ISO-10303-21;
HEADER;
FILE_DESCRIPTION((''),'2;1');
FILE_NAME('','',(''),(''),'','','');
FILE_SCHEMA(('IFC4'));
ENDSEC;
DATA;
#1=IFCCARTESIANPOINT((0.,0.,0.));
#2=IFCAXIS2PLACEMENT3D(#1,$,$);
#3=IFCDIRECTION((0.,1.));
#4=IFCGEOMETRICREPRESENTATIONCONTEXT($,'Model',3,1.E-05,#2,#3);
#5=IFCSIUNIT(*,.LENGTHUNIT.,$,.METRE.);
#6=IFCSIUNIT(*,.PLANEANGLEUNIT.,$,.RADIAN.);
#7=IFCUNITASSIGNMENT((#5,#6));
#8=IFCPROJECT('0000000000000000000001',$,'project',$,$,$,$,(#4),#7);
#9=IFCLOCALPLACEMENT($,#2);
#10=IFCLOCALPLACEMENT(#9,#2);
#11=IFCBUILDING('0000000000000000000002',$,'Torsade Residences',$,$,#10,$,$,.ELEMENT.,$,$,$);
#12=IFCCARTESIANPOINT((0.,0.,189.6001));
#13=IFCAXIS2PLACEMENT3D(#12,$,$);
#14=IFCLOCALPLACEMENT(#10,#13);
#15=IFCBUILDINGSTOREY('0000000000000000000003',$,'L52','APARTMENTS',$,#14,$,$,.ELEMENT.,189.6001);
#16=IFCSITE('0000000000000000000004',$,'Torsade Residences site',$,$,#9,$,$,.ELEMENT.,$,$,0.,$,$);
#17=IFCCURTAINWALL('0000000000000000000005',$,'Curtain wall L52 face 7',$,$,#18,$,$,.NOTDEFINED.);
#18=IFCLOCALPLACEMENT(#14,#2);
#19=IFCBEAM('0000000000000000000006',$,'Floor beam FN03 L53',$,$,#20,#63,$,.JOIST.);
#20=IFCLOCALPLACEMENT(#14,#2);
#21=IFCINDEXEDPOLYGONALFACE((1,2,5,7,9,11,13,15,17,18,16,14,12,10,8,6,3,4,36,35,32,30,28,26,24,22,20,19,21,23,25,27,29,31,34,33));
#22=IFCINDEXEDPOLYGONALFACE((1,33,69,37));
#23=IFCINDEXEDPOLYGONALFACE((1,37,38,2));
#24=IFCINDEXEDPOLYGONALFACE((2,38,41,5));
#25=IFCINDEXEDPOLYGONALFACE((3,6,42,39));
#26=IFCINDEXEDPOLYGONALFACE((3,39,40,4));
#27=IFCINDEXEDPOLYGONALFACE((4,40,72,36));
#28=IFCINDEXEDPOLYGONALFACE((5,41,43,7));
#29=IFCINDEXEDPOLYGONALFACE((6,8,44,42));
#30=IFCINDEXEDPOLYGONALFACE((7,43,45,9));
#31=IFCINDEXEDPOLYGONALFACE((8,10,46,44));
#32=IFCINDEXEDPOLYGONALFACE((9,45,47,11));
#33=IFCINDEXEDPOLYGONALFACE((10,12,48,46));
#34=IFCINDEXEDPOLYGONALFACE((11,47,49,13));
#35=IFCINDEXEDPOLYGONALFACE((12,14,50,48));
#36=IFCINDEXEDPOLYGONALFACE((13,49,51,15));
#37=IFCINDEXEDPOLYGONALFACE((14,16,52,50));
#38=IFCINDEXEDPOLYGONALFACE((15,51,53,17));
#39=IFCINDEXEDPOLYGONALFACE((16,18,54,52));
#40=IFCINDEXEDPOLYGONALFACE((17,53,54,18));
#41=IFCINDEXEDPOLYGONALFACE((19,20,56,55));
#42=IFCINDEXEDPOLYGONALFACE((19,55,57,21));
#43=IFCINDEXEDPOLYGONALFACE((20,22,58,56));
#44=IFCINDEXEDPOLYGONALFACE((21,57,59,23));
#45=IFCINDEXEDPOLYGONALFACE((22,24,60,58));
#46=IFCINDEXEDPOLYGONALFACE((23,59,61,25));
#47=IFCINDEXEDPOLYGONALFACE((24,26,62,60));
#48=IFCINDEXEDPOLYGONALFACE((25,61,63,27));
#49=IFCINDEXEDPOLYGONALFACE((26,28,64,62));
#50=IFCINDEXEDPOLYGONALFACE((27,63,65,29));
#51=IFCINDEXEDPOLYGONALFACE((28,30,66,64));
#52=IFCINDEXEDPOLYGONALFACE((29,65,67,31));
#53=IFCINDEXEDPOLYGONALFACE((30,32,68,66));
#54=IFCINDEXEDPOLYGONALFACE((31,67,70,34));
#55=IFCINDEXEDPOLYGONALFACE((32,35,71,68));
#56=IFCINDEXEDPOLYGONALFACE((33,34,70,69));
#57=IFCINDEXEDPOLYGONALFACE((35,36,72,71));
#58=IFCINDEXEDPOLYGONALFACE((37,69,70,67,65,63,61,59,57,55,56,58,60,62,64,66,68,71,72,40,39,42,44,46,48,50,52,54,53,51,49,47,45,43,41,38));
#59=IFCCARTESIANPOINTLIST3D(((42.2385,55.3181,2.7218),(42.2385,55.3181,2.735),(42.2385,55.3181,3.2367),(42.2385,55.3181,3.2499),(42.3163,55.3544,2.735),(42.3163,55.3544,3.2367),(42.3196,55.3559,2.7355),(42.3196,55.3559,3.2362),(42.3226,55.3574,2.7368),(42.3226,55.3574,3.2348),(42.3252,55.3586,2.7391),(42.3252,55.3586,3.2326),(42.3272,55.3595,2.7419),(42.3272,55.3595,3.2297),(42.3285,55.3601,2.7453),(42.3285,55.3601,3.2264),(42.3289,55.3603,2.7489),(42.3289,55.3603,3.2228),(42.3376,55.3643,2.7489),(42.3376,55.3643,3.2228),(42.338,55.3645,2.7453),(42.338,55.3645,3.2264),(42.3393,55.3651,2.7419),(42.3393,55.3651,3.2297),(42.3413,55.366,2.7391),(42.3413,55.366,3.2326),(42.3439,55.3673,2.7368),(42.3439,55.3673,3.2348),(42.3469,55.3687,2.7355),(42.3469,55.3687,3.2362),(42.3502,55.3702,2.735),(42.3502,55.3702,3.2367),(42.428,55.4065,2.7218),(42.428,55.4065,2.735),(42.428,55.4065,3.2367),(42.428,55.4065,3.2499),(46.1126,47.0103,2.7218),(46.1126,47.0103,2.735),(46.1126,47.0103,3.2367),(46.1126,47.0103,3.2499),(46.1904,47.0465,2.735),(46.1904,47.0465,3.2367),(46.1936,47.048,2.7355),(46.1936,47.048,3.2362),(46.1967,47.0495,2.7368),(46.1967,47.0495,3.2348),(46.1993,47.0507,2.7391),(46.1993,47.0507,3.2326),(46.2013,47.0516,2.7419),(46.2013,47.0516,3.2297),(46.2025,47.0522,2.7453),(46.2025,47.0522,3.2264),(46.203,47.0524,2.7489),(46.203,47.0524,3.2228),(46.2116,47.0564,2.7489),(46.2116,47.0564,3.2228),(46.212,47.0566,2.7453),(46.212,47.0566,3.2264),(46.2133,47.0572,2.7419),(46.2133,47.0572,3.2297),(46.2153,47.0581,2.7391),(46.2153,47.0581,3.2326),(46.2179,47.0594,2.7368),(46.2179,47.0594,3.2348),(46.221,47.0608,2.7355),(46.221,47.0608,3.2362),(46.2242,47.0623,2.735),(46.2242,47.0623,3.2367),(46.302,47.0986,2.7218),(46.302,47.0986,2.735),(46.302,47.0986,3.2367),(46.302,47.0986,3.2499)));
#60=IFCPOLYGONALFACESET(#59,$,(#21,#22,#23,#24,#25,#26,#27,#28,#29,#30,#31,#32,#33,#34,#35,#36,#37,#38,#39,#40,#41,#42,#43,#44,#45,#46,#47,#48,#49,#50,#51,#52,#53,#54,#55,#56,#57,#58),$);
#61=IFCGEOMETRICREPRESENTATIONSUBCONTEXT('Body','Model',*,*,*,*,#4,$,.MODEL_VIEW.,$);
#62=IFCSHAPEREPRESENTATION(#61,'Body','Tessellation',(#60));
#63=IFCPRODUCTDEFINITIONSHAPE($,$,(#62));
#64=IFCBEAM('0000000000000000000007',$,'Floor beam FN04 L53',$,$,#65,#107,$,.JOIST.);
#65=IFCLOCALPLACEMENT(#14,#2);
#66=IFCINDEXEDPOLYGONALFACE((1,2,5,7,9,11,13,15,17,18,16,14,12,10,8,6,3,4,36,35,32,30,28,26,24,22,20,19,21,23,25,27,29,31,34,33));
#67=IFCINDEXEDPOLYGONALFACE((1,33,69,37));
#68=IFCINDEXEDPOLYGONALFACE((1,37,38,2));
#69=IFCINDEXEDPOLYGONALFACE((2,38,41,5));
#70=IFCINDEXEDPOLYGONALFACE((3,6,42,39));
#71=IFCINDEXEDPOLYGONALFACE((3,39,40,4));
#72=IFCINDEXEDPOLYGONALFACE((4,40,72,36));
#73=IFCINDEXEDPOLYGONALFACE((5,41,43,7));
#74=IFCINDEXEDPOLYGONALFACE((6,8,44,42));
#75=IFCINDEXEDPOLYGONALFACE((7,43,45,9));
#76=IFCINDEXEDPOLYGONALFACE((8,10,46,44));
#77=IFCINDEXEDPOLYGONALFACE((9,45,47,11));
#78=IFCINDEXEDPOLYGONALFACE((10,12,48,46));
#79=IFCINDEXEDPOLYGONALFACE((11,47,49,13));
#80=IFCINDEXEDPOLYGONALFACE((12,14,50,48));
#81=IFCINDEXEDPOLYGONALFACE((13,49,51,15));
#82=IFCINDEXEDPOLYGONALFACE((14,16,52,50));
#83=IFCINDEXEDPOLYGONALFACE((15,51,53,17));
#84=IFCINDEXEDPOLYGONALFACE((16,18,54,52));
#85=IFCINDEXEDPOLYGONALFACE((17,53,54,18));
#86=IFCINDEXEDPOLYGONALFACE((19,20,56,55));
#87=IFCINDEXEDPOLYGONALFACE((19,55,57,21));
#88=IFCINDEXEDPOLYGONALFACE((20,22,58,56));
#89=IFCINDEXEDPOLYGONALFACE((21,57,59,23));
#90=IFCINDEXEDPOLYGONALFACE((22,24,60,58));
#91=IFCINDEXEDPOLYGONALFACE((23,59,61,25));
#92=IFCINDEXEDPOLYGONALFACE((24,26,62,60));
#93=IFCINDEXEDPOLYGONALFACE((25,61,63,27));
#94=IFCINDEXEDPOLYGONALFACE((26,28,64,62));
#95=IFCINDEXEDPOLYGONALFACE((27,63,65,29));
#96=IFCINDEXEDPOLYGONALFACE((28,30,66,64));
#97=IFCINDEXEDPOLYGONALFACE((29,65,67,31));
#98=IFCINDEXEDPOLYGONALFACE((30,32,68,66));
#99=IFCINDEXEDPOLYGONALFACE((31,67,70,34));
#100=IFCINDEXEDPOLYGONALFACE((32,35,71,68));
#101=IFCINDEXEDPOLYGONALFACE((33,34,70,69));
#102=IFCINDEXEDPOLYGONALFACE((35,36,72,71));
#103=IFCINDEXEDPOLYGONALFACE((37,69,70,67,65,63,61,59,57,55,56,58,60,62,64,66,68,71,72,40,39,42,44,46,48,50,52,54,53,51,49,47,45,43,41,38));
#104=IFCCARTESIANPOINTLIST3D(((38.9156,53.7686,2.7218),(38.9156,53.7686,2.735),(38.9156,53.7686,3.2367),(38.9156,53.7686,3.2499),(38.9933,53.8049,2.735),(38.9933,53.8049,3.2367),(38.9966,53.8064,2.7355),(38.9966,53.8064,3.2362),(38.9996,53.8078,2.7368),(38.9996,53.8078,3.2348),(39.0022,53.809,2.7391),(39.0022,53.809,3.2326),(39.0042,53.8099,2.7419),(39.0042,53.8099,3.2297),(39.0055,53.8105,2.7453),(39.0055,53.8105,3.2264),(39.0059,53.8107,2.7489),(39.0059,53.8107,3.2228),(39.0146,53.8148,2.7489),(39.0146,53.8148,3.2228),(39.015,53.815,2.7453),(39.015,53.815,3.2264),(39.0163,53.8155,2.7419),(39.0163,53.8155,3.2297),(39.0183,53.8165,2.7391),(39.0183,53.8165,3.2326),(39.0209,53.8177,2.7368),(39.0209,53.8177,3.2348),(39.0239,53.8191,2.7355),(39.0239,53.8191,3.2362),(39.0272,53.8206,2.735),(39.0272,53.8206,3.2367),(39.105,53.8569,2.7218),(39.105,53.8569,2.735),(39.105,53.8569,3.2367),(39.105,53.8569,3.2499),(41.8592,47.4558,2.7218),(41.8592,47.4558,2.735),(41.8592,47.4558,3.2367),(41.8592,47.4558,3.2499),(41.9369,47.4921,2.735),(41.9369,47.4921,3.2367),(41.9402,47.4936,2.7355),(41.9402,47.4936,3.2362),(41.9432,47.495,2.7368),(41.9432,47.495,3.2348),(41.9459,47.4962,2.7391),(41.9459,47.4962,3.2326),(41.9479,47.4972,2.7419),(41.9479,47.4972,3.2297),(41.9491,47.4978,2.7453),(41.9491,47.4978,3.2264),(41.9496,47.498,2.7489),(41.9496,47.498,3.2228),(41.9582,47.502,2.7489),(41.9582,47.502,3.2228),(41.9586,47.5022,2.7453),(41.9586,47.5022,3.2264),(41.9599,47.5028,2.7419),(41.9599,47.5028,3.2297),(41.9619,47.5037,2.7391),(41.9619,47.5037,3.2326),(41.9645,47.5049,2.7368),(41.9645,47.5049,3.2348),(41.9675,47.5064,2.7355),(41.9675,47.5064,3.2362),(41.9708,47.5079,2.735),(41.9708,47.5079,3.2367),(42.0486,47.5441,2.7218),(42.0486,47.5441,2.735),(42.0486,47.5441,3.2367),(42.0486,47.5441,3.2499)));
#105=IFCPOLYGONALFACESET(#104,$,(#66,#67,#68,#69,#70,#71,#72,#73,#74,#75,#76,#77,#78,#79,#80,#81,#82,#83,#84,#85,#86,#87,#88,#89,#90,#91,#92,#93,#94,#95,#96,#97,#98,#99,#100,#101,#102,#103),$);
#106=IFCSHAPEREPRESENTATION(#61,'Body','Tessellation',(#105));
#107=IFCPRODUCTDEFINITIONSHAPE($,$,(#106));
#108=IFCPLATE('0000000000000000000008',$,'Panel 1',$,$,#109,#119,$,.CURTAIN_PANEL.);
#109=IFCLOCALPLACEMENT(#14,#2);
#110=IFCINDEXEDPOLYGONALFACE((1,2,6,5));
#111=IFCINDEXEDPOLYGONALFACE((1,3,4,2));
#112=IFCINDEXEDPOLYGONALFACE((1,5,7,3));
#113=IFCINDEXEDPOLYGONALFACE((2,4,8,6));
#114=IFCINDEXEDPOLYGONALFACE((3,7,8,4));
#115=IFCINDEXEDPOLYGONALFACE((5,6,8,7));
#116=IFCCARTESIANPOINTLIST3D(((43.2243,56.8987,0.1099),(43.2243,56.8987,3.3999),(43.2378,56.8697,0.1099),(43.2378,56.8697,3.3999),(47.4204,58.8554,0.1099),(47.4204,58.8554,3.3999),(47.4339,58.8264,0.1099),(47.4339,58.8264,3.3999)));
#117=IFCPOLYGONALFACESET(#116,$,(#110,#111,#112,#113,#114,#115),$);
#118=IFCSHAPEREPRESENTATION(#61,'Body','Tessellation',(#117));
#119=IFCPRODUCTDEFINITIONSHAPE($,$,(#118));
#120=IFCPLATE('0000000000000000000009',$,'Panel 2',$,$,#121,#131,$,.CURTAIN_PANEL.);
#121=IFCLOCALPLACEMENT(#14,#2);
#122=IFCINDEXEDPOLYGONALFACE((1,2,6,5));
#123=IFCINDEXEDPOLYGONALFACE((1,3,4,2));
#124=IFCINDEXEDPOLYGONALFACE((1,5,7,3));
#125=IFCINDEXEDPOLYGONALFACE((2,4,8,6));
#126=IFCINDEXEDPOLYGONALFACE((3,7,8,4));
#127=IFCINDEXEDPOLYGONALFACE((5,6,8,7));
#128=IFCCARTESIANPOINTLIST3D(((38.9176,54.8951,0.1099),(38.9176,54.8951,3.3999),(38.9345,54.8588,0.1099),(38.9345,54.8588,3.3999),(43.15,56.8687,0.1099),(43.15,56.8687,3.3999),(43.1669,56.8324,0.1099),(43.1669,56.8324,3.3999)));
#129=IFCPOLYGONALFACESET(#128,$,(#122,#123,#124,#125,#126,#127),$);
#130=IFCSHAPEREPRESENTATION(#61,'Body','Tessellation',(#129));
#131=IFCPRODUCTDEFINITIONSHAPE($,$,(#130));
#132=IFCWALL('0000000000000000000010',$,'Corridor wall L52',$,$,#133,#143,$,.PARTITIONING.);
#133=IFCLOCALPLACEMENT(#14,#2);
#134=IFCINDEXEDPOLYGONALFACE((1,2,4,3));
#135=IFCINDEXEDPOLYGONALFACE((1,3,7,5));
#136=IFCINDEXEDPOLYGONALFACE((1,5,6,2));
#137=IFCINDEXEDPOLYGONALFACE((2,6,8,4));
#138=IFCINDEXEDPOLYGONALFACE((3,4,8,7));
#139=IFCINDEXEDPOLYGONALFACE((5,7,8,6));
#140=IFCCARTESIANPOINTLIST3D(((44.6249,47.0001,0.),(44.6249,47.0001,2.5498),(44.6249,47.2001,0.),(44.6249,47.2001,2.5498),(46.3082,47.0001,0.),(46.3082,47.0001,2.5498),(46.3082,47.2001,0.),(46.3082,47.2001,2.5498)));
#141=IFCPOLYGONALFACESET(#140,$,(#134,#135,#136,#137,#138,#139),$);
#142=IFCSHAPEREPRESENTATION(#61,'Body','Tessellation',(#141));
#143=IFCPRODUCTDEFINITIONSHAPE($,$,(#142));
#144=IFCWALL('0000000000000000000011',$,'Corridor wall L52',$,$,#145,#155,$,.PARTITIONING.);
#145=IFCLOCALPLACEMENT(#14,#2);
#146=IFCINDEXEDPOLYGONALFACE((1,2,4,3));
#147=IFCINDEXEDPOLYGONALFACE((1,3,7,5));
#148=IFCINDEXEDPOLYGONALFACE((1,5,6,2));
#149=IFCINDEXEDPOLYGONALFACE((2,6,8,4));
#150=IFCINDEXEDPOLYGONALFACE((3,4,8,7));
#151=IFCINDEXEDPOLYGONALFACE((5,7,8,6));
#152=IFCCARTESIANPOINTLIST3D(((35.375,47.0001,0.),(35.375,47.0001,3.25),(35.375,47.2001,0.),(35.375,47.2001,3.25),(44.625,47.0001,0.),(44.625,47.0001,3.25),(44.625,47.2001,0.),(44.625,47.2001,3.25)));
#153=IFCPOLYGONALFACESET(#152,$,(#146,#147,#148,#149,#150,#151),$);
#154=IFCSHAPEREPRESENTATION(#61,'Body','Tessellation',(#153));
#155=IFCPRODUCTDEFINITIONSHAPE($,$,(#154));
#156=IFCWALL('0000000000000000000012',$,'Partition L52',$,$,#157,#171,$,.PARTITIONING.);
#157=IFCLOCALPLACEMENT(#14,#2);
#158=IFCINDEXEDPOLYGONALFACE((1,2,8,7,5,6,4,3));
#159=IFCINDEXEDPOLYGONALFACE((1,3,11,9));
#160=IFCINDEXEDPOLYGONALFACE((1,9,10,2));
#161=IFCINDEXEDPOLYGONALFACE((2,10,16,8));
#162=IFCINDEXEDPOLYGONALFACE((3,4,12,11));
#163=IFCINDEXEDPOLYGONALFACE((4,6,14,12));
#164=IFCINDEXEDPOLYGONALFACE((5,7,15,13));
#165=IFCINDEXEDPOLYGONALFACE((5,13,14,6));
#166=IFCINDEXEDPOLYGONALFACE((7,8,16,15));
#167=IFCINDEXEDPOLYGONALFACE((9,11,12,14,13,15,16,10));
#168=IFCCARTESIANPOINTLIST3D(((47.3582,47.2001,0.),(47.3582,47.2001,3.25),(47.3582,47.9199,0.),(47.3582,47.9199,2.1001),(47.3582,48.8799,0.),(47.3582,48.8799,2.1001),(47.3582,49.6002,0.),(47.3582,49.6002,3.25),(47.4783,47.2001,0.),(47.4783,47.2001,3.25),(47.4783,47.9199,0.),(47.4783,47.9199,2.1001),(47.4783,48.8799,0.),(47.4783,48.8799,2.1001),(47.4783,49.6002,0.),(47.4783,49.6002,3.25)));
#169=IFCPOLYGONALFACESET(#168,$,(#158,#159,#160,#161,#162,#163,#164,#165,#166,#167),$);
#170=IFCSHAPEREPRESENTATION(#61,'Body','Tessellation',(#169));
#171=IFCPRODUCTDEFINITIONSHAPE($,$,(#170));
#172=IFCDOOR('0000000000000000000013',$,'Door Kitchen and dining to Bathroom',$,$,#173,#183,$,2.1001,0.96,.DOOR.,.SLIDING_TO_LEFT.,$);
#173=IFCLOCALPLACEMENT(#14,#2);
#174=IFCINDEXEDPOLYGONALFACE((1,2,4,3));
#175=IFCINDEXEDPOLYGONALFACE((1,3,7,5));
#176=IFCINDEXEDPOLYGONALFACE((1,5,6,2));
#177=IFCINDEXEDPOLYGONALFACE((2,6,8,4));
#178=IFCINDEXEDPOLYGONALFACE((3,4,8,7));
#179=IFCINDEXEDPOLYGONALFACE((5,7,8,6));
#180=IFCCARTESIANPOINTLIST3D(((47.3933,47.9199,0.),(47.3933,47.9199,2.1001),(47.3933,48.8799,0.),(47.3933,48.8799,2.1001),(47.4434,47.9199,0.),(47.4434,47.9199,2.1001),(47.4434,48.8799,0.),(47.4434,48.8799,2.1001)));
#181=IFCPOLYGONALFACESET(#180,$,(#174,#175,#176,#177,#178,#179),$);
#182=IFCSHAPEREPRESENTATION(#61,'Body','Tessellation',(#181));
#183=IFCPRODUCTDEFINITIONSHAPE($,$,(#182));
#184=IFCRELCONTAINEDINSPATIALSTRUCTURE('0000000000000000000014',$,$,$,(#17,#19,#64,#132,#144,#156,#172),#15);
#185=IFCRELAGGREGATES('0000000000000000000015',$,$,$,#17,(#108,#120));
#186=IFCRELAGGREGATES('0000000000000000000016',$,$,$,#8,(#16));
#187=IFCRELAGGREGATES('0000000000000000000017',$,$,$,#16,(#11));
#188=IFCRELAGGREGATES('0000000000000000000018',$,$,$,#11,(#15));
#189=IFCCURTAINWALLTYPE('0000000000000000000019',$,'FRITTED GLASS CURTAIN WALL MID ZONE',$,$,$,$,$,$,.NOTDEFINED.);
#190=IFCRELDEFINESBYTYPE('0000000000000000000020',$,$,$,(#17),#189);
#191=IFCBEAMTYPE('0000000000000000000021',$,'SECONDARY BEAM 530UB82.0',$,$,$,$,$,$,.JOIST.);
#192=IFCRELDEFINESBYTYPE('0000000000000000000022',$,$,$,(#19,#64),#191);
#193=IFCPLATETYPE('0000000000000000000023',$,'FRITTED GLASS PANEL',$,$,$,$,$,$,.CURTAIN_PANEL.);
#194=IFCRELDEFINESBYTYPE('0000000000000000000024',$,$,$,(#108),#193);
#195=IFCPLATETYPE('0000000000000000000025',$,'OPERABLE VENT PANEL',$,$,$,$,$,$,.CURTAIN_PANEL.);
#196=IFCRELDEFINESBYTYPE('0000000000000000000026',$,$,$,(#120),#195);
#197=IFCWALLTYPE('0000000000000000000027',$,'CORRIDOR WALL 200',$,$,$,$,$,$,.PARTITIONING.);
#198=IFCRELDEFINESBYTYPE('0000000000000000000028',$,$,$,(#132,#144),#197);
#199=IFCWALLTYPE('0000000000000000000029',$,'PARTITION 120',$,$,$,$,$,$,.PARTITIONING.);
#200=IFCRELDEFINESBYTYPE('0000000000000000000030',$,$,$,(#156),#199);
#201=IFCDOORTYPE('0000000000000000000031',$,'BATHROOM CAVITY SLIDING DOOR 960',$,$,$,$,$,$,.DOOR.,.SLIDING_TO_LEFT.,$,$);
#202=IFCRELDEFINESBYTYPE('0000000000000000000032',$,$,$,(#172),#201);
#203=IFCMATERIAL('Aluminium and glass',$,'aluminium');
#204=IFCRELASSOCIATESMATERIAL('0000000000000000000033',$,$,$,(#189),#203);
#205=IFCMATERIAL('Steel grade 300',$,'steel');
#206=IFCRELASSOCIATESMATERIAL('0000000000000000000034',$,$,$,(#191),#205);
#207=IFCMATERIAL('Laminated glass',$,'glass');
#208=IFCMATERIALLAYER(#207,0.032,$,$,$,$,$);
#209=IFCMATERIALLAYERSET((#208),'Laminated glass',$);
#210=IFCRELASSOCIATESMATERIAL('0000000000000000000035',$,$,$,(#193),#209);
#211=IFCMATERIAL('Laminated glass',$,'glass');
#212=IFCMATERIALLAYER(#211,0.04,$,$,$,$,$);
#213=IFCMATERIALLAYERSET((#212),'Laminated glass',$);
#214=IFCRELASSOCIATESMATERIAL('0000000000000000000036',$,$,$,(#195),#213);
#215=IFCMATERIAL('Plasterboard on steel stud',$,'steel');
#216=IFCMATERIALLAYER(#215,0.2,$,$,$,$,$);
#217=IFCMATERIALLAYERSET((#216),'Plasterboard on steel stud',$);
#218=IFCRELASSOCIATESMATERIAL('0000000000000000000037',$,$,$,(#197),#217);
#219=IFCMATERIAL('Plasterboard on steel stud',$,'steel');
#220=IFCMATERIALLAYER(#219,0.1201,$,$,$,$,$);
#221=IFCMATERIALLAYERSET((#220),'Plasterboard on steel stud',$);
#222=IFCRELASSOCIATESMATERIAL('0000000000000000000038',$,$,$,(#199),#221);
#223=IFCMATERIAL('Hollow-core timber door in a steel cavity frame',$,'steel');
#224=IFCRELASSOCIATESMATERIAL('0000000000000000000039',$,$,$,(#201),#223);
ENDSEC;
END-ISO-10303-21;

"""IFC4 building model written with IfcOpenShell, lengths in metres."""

from ifc_helpers import new_model, si_unit, direction, frame, frame_2d, origin, origin_2d, place, context, subcontext, project, spatial, rectangle, i_section, extrude, material, layer, layer_set, material_profile, profile_set, type_object, element, fill, aggregate, save


model = new_model("IFC4")

# Units and contexts
model_context = context("Model", 3, precision=1e-05, world=origin(), true_north=direction((0.0, 1.0)))
body_context = subcontext(model_context, "Body", "Model", "MODEL_VIEW")
ifc_project = project(units=[si_unit("LENGTHUNIT", "METRE"), si_unit("PLANEANGLEUNIT", "RADIAN")], contexts=[model_context])

# Site, building, storey
site_placement = place(None, origin())
site = spatial("IfcSite", under=ifc_project, at=site_placement, Name="Torsade Residences site", CompositionType="ELEMENT", RefElevation=0.0)
building_placement = place(site_placement, origin())
building = spatial("IfcBuilding", under=site, at=building_placement, Name="Torsade Residences", CompositionType="ELEMENT")
storey_placement = place(building_placement, frame((0.0, 0.0, 189.6001)))
storey = spatial("IfcBuildingStorey", under=building, at=storey_placement, Name="L52", Description="APARTMENTS", CompositionType="ELEMENT", Elevation=189.6001)

# Curtain wall
ifc_material_1 = material(Name="Aluminium and glass", Category="aluminium")
curtain_wall_type = type_object("IfcCurtainWallType", Name="FRITTED GLASS CURTAIN WALL MID ZONE", PredefinedType="NOTDEFINED", material=ifc_material_1)
curtain_wall_placement = place(storey_placement, origin())
curtain_wall = element("IfcCurtainWall", 1, at=curtain_wall_placement, inside=storey, type_object=curtain_wall_type, Name="Curtain wall L52 face 7", PredefinedType="NOTDEFINED")

# Beams
ifc_material_2 = material(Name="Steel grade 300", Category="steel")
ifc_material_profile_1 = material_profile(ifc_material_2, i_section(OverallWidth=0.209, OverallDepth=0.5281, WebThickness=0.0095, FlangeThickness=0.0132, FilletRadius=0.0139, at=origin_2d()), Name="530UB82.0")
ifc_profile_set_1 = profile_set([ifc_material_profile_1], Name="Steel grade 300")
beam_type_1 = type_object("IfcBeamType", Name="SECONDARY BEAM 530UB82.0", PredefinedType="JOIST", material=ifc_profile_set_1)
beam_1_placement = place(storey_placement, frame((42.3333, 55.3623, 2.9858), z_axis=(0.422619, -0.906308, 0.0), x_axis=(0.906308, 0.422619, 0.0)))
element("IfcBeam", 2, at=beam_1_placement, inside=storey, type_object=beam_type_1, Name="Floor beam FN03 L53", PredefinedType="JOIST", context=body_context, shape_type="SweptSolid", body=[
    extrude(i_section(OverallWidth=0.209, OverallDepth=0.5281, WebThickness=0.0095, FlangeThickness=0.0132, FilletRadius=0.0139, at=origin_2d()), origin(), (0.0, 0.0, 1.0), 9.1667),
])
beam_2_placement = place(storey_placement, frame((39.0103, 53.8127, 2.9858), z_axis=(0.422609, -0.906312, 0.0), x_axis=(0.906312, 0.422609, 0.0)))
element("IfcBeam", 3, at=beam_2_placement, inside=storey, type_object=beam_type_1, Name="Floor beam FN04 L53", PredefinedType="JOIST", context=body_context, shape_type="SweptSolid", body=[
    extrude(i_section(OverallWidth=0.209, OverallDepth=0.5281, WebThickness=0.0095, FlangeThickness=0.0132, FilletRadius=0.0139, at=origin_2d()), origin(), (0.0, 0.0, 1.0), 6.9653),
])

# Plates
ifc_material_3 = material(Name="Laminated glass", Category="glass")
ifc_layer_1 = layer(ifc_material_3, 0.032)
ifc_layer_set_1 = layer_set([ifc_layer_1], Name="Laminated glass")
plate_type_1 = type_object("IfcPlateType", Name="FRITTED GLASS PANEL", PredefinedType="CURTAIN_PANEL", material=ifc_layer_set_1)
plate_1_placement = place(storey_placement, frame((45.3291, 57.8625, 0.1099), z_axis=(0.0, 0.0, 1.0), x_axis=(-0.906308, -0.422618, 0.0)))
plate_1 = element("IfcPlate", 4, at=plate_1_placement, type_object=plate_type_1, Name="Panel 1", PredefinedType="CURTAIN_PANEL", context=body_context, shape_type="SweptSolid", body=[
    extrude(rectangle(XDim=4.6299, YDim=0.032, at=origin_2d()), origin(), (0.0, 0.0, 1.0), 3.29),
])
ifc_material_4 = material(Name="Laminated glass", Category="glass")
ifc_layer_2 = layer(ifc_material_4, 0.04)
ifc_layer_set_2 = layer_set([ifc_layer_2], Name="Laminated glass")
plate_type_2 = type_object("IfcPlateType", Name="OPERABLE VENT PANEL", PredefinedType="CURTAIN_PANEL", material=ifc_layer_set_2)
plate_2_placement = place(storey_placement, frame((41.0422, 55.8638, 0.1099), z_axis=(0.0, 0.0, 1.0), x_axis=(-0.906308, -0.422618, 0.0)))
plate_2 = element("IfcPlate", 5, at=plate_2_placement, type_object=plate_type_2, Name="Panel 2", PredefinedType="CURTAIN_PANEL", context=body_context, shape_type="SweptSolid", body=[
    extrude(rectangle(XDim=4.6699, YDim=0.04, at=origin_2d()), origin(), (0.0, 0.0, 1.0), 3.29),
])
aggregate(curtain_wall, [plate_1, plate_2])

# Walls
ifc_material_5 = material(Name="Plasterboard on steel stud", Category="steel")
ifc_layer_3 = layer(ifc_material_5, 0.2)
ifc_layer_set_3 = layer_set([ifc_layer_3], Name="Plasterboard on steel stud")
wall_type_1 = type_object("IfcWallType", Name="CORRIDOR WALL 200", PredefinedType="PARTITIONING", material=ifc_layer_set_3)
wall_1_placement = place(storey_placement, frame((46.3083, 47.1001, 0.0), z_axis=(0.0, 0.0, 1.0), x_axis=(-1.0, 0.0, 0.0)))
element("IfcWall", 6, at=wall_1_placement, inside=storey, type_object=wall_type_1, Name="Corridor wall L52", PredefinedType="PARTITIONING", context=body_context, shape_type="SweptSolid", body=[
    extrude(rectangle(XDim=1.6833, YDim=0.2, at=frame_2d((0.8418, 0.0))), origin(), (0.0, 0.0, 1.0), 2.5498),
])
wall_2_placement = place(storey_placement, frame((44.625, 47.1001, 0.0), z_axis=(0.0, 0.0, 1.0), x_axis=(-1.0, 0.0, 0.0)))
element("IfcWall", 7, at=wall_2_placement, inside=storey, type_object=wall_type_1, Name="Corridor wall L52", PredefinedType="PARTITIONING", context=body_context, shape_type="SweptSolid", body=[
    extrude(rectangle(XDim=9.25, YDim=0.2, at=frame_2d((4.625, 0.0))), origin(), (0.0, 0.0, 1.0), 3.25),
])

# Wall, opening, door
ifc_material_6 = material(Name="Plasterboard on steel stud", Category="steel")
ifc_layer_4 = layer(ifc_material_6, 0.1201)
ifc_layer_set_4 = layer_set([ifc_layer_4], Name="Plasterboard on steel stud")
wall_type_2 = type_object("IfcWallType", Name="PARTITION 120", PredefinedType="PARTITIONING", material=ifc_layer_set_4)
wall_3_placement = place(storey_placement, frame((47.4182, 47.2, 0.0), z_axis=(0.0, 0.0, 1.0), x_axis=(0.0, 1.0, 0.0)))
wall_3 = element("IfcWall", 8, at=wall_3_placement, inside=storey, type_object=wall_type_2, Name="Partition L52", PredefinedType="PARTITIONING", context=body_context, shape_type="SweptSolid", body=[
    extrude(rectangle(XDim=2.4001, YDim=0.1201, at=frame_2d((1.2002, 0.0))), origin(), (0.0, 0.0, 1.0), 3.25),
])
opening_1_placement = place(wall_3_placement, frame((0.72, 0.0, 0.0)))
opening_1 = element("IfcOpeningElement", 9, at=opening_1_placement, cuts=wall_3, PredefinedType="OPENING", context=body_context, shape_type="SweptSolid", body=[
    extrude(rectangle(XDim=0.96, YDim=2.1001, at=frame_2d((0.48, 1.05))), frame((0.0, 0.0701, 0.0), z_axis=(0.0, -1.0, 0.0), x_axis=(1.0, 0.0, 0.0)), (0.0, 0.0, 1.0), 0.1401),
])
ifc_material_7 = material(Name="Hollow-core timber door in a steel cavity frame", Category="steel")
door_type = type_object("IfcDoorType", Name="BATHROOM CAVITY SLIDING DOOR 960", OperationType="SLIDING_TO_LEFT", PredefinedType="DOOR", material=ifc_material_7)
door_1_placement = place(opening_1_placement, origin())
door_1 = element("IfcDoor", 10, at=door_1_placement, inside=storey, type_object=door_type, Name="Door Kitchen and dining to Bathroom", OperationType="SLIDING_TO_LEFT", OverallHeight=2.1001, OverallWidth=0.96, PredefinedType="DOOR", context=body_context, shape_type="SweptSolid", body=[
    extrude(rectangle(XDim=0.96, YDim=2.1001, at=frame_2d((0.48, 1.05))), frame((0.0, 0.0249, 0.0), z_axis=(0.0, -1.0, 0.0), x_axis=(1.0, 0.0, 0.0)), (0.0, 0.0, 1.0), 0.05),
])
fill(opening_1, door_1)

save(model, "model.ifc")
